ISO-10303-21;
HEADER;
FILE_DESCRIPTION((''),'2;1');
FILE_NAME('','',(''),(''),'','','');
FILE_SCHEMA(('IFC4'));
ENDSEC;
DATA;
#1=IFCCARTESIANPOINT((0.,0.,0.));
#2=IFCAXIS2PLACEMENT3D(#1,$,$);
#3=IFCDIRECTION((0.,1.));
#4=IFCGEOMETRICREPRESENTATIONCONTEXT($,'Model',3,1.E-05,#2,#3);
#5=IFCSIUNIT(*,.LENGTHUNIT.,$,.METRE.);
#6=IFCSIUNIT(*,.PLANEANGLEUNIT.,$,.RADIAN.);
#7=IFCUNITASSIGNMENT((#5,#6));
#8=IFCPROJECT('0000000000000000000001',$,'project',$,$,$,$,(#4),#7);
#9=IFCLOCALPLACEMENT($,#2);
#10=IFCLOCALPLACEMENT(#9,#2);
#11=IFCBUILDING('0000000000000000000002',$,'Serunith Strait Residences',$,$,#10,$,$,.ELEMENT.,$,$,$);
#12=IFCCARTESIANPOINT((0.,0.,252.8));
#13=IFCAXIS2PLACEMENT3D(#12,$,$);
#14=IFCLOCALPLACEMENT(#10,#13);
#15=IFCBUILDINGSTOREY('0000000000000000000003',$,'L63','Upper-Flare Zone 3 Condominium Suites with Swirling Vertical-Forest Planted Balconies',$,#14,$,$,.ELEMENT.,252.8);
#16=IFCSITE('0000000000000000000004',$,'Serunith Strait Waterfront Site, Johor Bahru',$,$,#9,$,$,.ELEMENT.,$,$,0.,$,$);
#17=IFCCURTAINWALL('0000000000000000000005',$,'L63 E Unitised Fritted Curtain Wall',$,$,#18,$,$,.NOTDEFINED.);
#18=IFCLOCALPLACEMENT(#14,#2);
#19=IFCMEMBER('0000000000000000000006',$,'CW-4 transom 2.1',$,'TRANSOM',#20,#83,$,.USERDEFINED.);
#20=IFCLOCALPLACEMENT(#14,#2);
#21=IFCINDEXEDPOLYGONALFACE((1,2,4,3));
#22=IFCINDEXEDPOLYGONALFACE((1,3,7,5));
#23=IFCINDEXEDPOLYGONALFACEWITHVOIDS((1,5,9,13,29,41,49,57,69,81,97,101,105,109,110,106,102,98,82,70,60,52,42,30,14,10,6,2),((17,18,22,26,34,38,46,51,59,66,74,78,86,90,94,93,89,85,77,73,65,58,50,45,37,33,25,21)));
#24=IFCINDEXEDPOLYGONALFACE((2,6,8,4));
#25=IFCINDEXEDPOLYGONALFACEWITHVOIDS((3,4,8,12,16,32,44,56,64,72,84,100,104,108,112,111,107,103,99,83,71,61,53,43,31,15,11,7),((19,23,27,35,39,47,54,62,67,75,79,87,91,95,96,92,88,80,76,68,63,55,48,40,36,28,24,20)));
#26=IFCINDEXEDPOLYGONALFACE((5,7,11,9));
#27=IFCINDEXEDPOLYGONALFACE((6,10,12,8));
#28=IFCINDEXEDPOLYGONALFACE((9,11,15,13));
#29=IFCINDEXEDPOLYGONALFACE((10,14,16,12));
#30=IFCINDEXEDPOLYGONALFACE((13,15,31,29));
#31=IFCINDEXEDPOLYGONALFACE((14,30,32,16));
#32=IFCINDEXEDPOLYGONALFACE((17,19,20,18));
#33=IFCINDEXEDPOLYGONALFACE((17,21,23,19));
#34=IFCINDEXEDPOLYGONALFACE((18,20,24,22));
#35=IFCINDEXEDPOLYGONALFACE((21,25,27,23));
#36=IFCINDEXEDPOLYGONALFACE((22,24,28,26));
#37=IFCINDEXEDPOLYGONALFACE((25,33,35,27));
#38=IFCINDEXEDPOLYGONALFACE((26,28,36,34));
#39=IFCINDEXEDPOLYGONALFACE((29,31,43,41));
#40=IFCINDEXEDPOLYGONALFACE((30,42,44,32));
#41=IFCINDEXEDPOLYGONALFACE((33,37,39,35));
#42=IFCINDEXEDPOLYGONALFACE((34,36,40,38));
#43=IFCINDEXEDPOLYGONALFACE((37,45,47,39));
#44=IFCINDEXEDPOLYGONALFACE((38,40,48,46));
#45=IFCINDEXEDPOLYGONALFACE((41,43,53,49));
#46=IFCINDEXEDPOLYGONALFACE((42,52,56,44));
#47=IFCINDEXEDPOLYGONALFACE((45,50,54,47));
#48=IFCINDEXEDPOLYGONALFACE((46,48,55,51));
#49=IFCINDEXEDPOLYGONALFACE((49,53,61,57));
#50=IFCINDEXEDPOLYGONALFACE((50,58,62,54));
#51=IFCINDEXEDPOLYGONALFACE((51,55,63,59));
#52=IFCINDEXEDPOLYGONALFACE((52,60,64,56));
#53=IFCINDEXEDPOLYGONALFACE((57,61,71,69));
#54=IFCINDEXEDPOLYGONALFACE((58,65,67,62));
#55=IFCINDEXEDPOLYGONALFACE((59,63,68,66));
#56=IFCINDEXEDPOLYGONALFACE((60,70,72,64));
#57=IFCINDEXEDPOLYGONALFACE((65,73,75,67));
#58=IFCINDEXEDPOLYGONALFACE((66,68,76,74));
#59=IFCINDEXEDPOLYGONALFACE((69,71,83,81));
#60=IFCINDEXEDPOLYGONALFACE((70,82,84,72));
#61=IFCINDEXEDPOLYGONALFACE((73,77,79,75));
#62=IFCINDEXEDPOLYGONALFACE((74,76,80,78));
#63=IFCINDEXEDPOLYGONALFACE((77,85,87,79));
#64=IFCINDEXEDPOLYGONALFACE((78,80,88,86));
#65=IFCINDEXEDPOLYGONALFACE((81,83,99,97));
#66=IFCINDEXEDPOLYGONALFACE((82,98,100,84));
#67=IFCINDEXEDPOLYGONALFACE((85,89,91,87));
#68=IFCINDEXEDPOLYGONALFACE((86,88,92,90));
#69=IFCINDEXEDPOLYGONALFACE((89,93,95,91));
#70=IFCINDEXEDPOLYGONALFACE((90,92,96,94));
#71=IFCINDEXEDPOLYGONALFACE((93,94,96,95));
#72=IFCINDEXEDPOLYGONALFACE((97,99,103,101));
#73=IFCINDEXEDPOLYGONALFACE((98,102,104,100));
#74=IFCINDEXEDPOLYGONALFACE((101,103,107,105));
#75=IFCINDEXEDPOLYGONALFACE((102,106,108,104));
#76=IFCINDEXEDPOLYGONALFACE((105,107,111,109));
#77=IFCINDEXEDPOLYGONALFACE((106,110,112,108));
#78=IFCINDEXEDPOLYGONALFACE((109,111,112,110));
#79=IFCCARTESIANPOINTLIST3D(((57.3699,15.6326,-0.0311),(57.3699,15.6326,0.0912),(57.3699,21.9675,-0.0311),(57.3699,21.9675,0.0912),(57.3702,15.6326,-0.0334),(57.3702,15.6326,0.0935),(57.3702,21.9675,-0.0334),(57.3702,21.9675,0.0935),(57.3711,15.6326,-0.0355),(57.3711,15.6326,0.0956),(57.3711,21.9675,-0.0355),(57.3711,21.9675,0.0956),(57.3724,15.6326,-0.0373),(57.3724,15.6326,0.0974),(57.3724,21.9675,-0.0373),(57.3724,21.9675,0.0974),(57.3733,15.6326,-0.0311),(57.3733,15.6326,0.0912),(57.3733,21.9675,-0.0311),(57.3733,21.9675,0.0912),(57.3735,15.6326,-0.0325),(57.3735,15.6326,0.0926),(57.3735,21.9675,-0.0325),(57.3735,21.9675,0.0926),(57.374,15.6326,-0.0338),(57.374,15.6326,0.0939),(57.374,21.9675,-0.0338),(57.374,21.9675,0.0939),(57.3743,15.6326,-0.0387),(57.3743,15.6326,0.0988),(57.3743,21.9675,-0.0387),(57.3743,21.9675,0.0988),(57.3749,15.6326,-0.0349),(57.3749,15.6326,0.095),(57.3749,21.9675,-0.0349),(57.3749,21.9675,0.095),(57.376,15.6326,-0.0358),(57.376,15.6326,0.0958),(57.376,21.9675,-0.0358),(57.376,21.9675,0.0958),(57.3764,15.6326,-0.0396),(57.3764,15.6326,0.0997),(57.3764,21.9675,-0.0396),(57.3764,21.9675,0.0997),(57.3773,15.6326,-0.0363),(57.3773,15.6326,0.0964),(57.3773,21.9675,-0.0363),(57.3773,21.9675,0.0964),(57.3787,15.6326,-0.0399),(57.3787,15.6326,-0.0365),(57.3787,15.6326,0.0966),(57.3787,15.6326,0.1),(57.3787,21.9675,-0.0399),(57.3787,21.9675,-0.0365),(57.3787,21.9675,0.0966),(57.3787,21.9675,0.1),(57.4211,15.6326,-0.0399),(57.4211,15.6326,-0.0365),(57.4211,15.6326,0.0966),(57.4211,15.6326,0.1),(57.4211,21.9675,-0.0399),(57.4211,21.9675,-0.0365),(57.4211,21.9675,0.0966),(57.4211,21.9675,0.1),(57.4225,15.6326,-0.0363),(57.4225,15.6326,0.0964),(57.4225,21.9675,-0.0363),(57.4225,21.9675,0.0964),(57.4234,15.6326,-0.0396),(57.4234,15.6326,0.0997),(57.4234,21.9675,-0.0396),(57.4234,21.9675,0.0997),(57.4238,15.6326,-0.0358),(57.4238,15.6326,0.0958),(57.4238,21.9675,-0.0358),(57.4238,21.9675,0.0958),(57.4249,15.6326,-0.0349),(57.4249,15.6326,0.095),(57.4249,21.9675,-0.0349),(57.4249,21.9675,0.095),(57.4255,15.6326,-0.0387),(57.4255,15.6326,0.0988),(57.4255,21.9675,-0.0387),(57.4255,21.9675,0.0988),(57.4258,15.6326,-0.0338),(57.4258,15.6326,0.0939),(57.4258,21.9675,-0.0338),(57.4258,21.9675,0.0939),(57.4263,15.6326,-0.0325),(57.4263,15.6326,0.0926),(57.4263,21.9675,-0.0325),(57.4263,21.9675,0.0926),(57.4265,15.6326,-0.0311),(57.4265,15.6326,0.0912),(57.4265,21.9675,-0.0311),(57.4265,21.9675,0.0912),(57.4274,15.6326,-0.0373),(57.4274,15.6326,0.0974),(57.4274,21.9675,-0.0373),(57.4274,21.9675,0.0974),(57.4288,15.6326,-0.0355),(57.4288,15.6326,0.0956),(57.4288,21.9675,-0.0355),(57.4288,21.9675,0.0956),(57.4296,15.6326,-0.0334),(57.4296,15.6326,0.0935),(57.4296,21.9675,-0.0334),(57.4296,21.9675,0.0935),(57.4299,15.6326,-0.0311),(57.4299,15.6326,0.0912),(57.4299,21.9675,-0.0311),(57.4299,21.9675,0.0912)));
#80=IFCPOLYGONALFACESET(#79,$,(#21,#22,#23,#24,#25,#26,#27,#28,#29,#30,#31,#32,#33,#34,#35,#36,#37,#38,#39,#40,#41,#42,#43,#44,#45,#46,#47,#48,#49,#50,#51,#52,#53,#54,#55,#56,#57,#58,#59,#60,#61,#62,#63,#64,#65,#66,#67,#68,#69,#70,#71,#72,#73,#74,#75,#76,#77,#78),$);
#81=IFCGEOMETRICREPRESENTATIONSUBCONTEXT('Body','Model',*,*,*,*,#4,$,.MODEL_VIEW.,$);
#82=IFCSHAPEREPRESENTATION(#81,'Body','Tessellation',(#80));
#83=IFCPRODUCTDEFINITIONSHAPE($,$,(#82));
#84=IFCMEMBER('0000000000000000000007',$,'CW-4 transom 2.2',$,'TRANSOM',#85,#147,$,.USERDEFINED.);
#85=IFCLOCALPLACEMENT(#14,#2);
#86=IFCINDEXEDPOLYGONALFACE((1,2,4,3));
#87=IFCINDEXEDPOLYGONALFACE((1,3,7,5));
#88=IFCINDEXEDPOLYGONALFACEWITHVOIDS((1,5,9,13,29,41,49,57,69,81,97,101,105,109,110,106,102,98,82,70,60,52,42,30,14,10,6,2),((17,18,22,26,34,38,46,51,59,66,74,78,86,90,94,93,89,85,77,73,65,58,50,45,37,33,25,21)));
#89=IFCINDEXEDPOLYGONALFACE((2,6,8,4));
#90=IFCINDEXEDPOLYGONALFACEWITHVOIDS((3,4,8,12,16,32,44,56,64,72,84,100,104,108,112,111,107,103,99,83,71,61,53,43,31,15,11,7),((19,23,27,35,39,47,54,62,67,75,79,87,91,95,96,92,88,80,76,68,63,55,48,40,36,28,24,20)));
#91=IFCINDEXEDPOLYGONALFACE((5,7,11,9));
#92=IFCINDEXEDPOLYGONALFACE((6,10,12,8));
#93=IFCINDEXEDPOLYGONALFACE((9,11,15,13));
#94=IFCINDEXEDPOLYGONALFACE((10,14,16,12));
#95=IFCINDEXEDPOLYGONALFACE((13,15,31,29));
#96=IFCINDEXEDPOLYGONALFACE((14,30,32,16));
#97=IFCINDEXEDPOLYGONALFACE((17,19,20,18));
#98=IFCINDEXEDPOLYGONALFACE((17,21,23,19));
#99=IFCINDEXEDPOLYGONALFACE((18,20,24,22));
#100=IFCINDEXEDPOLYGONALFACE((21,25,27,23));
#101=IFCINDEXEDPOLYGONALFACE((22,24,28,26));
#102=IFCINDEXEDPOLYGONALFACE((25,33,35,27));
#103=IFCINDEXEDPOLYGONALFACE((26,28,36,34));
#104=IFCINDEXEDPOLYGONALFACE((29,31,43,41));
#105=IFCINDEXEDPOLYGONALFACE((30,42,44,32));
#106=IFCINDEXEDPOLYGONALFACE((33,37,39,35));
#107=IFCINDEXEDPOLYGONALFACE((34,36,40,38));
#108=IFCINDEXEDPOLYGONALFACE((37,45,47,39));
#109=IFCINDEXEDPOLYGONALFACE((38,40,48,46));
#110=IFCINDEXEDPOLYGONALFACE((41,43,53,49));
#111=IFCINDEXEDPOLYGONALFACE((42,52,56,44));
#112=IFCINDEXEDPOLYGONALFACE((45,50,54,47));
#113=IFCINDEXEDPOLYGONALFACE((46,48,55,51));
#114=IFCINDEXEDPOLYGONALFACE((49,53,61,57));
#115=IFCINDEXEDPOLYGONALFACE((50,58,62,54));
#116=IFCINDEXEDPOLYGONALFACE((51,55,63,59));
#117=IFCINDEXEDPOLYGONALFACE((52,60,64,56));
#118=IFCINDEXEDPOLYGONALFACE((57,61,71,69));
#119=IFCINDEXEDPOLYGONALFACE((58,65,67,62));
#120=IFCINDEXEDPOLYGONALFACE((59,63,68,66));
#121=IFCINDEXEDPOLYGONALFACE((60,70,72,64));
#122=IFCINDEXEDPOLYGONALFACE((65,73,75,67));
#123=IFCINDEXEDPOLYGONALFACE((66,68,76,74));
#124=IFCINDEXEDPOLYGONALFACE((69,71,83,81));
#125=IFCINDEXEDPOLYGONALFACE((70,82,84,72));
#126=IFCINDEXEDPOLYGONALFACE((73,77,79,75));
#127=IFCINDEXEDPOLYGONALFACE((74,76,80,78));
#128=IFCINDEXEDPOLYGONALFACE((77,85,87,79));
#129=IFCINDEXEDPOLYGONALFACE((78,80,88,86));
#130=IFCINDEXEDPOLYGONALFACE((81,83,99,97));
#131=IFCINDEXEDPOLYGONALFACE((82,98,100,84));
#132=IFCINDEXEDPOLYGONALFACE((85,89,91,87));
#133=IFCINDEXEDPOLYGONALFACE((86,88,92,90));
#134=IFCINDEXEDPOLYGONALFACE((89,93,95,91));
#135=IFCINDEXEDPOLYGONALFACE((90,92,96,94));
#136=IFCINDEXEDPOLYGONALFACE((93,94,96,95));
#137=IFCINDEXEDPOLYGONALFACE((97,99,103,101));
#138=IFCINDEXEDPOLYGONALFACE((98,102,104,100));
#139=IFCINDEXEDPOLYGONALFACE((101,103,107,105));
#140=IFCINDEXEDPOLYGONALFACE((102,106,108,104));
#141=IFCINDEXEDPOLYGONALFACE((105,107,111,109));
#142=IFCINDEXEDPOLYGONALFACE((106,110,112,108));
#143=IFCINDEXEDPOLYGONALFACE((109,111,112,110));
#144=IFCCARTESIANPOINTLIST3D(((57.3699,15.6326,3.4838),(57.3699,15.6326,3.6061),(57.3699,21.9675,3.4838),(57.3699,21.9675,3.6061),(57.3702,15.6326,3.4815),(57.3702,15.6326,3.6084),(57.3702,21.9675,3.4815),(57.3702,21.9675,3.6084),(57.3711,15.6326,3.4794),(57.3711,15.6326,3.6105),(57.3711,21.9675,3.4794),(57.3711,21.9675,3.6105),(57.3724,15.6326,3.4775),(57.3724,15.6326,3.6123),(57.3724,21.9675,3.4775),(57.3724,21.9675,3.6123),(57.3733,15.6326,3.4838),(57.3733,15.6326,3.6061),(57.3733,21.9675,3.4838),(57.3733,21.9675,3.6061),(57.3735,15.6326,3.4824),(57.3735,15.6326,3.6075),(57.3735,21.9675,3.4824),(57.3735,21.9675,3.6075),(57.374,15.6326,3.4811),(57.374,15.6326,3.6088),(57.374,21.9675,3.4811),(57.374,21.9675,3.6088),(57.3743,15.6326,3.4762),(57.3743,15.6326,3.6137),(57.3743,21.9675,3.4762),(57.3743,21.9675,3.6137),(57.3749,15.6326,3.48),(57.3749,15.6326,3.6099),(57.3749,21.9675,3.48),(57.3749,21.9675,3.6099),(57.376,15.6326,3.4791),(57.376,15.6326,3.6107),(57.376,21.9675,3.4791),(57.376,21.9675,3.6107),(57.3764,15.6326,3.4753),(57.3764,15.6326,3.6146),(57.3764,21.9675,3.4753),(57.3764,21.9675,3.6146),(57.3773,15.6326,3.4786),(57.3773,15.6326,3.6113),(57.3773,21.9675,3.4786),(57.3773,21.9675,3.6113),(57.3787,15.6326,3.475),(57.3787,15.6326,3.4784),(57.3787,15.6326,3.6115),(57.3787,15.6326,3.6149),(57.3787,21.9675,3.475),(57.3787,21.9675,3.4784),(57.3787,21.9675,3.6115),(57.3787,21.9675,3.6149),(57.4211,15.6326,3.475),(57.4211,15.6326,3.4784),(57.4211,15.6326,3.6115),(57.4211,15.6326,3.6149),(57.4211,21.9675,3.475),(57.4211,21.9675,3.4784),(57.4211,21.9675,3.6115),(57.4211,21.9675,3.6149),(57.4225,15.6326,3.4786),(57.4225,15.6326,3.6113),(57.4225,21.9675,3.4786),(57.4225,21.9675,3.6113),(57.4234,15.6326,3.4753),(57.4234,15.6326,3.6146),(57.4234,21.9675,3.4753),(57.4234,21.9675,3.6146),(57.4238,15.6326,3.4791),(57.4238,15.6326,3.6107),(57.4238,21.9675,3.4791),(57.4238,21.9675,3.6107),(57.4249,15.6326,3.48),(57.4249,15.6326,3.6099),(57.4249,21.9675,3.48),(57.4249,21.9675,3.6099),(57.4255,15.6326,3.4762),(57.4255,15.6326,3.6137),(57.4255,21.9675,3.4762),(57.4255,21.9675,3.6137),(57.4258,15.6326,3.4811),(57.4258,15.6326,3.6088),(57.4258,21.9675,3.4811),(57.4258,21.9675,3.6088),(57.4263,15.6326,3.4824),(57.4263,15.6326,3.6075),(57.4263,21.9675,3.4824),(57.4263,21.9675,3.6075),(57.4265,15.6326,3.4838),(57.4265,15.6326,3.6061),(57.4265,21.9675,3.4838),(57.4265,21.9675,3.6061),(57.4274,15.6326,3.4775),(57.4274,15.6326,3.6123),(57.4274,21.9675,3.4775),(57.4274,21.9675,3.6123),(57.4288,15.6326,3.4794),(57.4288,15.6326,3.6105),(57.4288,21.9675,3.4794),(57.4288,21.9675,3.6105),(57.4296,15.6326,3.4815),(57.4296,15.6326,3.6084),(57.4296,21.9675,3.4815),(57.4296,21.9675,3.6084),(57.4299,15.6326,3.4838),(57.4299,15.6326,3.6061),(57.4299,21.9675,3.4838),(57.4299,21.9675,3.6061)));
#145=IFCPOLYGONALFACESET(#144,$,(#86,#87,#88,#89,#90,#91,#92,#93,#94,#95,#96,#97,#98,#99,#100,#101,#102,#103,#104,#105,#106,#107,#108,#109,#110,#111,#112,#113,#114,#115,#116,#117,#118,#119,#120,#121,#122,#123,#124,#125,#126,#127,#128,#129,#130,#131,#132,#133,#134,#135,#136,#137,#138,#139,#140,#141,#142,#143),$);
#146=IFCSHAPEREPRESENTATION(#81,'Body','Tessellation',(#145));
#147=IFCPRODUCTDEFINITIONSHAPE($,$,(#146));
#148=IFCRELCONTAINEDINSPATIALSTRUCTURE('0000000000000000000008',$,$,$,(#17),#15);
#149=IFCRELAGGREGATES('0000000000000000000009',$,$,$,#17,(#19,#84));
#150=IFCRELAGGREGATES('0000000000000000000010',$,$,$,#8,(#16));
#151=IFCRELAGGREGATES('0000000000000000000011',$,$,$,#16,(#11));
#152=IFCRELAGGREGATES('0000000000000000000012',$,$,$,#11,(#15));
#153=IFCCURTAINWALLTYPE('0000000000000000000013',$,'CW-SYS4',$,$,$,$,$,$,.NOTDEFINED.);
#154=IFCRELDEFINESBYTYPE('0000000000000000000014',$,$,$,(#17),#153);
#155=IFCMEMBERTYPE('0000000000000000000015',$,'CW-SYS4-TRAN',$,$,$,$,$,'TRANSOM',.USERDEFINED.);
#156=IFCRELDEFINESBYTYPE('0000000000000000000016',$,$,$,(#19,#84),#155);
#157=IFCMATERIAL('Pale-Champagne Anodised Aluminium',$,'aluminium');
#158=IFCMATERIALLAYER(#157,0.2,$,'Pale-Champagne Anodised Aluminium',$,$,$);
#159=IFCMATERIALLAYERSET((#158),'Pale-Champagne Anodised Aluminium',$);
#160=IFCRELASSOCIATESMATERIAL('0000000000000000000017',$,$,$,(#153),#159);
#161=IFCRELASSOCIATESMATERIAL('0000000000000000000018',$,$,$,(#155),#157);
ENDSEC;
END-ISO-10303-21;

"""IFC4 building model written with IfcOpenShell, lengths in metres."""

from ifc_helpers import new_model, si_unit, direction, frame, origin, origin_2d, place, context, subcontext, project, spatial, hollow_rectangle, extrude, source, transform, mapped, material, layer, layer_set, material_profile, profile_set, type_object, element, aggregate, save


model = new_model("IFC4")

# Units and contexts
model_context = context("Model", 3, precision=1e-05, world=origin(), true_north=direction((0.0, 1.0)))
body_context = subcontext(model_context, "Body", "Model", "MODEL_VIEW")
ifc_project = project(units=[si_unit("LENGTHUNIT", "METRE"), si_unit("PLANEANGLEUNIT", "RADIAN")], contexts=[model_context])

# Site, building, storey
site_placement = place(None, origin())
site = spatial("IfcSite", under=ifc_project, at=site_placement, Name="Serunith Strait Waterfront Site, Johor Bahru", CompositionType="ELEMENT", RefElevation=0.0)
building_placement = place(site_placement, origin())
building = spatial("IfcBuilding", under=site, at=building_placement, Name="Serunith Strait Residences", CompositionType="ELEMENT")
storey_placement = place(building_placement, frame((0.0, 0.0, 252.8)))
storey = spatial("IfcBuildingStorey", under=building, at=storey_placement, Name="L63", Description="Upper-Flare Zone 3 Condominium Suites with Swirling Vertical-Forest Planted Balconies", CompositionType="ELEMENT", Elevation=252.8)

# Curtain wall, members
ifc_material_1 = material(Name="Pale-Champagne Anodised Aluminium", Category="aluminium")
ifc_layer_1 = layer(ifc_material_1, 0.2, Name="Pale-Champagne Anodised Aluminium")
ifc_layer_set_1 = layer_set([ifc_layer_1], Name="Pale-Champagne Anodised Aluminium")
curtain_wall_type = type_object("IfcCurtainWallType", Name="CW-SYS4", PredefinedType="NOTDEFINED", material=ifc_layer_set_1)
curtain_wall_placement = place(storey_placement, origin())
curtain_wall = element("IfcCurtainWall", 1, at=curtain_wall_placement, inside=storey, type_object=curtain_wall_type, Name="L63 E Unitised Fritted Curtain Wall", PredefinedType="NOTDEFINED")
ifc_material_profile_1 = material_profile(ifc_material_1, hollow_rectangle(XDim=0.0601, YDim=0.1399, WallThickness=0.0034, InnerFilletRadius=0.0054, OuterFilletRadius=0.0088, at=origin_2d()), Name="ALU 140x60x3.5")
ifc_profile_set_1 = profile_set([ifc_material_profile_1], Name="Pale-Champagne Anodised Aluminium")
member_type_1 = type_object("IfcMemberType", Name="CW-SYS4-TRAN", ElementType="TRANSOM", PredefinedType="USERDEFINED", material=ifc_profile_set_1)
shared_shape_1 = source(origin(), body_context, "Body", "SweptSolid", [
    extrude(hollow_rectangle(XDim=0.0601, YDim=0.1399, WallThickness=0.0034, InnerFilletRadius=0.0054, OuterFilletRadius=0.0088, at=origin_2d()), origin(), (0.0, 0.0, 1.0), 6.335),
])
member_1_placement = place(storey_placement, frame((57.3999, 15.6326, 0.03), z_axis=(0.0, 1.0, 0.0), x_axis=(-1.0, 0.0, 0.0)))
member_1 = element("IfcMember", 2, at=member_1_placement, type_object=member_type_1, Name="CW-4 transom 2.1", ObjectType="TRANSOM", PredefinedType="USERDEFINED", context=body_context, shape_type="MappedRepresentation", body=[
    mapped(shared_shape_1, transform((0.0, 0.0, 0.0), scale=1.0)),
])
member_2_placement = place(storey_placement, frame((57.3999, 15.6326, 3.5449), z_axis=(0.0, 1.0, 0.0), x_axis=(-1.0, 0.0, 0.0)))
member_2 = element("IfcMember", 3, at=member_2_placement, type_object=member_type_1, Name="CW-4 transom 2.2", ObjectType="TRANSOM", PredefinedType="USERDEFINED", context=body_context, shape_type="MappedRepresentation", body=[
    mapped(shared_shape_1, transform((0.0, 0.0, 0.0), scale=1.0)),
])
aggregate(curtain_wall, [member_1, member_2])

save(model, "model.ifc")
